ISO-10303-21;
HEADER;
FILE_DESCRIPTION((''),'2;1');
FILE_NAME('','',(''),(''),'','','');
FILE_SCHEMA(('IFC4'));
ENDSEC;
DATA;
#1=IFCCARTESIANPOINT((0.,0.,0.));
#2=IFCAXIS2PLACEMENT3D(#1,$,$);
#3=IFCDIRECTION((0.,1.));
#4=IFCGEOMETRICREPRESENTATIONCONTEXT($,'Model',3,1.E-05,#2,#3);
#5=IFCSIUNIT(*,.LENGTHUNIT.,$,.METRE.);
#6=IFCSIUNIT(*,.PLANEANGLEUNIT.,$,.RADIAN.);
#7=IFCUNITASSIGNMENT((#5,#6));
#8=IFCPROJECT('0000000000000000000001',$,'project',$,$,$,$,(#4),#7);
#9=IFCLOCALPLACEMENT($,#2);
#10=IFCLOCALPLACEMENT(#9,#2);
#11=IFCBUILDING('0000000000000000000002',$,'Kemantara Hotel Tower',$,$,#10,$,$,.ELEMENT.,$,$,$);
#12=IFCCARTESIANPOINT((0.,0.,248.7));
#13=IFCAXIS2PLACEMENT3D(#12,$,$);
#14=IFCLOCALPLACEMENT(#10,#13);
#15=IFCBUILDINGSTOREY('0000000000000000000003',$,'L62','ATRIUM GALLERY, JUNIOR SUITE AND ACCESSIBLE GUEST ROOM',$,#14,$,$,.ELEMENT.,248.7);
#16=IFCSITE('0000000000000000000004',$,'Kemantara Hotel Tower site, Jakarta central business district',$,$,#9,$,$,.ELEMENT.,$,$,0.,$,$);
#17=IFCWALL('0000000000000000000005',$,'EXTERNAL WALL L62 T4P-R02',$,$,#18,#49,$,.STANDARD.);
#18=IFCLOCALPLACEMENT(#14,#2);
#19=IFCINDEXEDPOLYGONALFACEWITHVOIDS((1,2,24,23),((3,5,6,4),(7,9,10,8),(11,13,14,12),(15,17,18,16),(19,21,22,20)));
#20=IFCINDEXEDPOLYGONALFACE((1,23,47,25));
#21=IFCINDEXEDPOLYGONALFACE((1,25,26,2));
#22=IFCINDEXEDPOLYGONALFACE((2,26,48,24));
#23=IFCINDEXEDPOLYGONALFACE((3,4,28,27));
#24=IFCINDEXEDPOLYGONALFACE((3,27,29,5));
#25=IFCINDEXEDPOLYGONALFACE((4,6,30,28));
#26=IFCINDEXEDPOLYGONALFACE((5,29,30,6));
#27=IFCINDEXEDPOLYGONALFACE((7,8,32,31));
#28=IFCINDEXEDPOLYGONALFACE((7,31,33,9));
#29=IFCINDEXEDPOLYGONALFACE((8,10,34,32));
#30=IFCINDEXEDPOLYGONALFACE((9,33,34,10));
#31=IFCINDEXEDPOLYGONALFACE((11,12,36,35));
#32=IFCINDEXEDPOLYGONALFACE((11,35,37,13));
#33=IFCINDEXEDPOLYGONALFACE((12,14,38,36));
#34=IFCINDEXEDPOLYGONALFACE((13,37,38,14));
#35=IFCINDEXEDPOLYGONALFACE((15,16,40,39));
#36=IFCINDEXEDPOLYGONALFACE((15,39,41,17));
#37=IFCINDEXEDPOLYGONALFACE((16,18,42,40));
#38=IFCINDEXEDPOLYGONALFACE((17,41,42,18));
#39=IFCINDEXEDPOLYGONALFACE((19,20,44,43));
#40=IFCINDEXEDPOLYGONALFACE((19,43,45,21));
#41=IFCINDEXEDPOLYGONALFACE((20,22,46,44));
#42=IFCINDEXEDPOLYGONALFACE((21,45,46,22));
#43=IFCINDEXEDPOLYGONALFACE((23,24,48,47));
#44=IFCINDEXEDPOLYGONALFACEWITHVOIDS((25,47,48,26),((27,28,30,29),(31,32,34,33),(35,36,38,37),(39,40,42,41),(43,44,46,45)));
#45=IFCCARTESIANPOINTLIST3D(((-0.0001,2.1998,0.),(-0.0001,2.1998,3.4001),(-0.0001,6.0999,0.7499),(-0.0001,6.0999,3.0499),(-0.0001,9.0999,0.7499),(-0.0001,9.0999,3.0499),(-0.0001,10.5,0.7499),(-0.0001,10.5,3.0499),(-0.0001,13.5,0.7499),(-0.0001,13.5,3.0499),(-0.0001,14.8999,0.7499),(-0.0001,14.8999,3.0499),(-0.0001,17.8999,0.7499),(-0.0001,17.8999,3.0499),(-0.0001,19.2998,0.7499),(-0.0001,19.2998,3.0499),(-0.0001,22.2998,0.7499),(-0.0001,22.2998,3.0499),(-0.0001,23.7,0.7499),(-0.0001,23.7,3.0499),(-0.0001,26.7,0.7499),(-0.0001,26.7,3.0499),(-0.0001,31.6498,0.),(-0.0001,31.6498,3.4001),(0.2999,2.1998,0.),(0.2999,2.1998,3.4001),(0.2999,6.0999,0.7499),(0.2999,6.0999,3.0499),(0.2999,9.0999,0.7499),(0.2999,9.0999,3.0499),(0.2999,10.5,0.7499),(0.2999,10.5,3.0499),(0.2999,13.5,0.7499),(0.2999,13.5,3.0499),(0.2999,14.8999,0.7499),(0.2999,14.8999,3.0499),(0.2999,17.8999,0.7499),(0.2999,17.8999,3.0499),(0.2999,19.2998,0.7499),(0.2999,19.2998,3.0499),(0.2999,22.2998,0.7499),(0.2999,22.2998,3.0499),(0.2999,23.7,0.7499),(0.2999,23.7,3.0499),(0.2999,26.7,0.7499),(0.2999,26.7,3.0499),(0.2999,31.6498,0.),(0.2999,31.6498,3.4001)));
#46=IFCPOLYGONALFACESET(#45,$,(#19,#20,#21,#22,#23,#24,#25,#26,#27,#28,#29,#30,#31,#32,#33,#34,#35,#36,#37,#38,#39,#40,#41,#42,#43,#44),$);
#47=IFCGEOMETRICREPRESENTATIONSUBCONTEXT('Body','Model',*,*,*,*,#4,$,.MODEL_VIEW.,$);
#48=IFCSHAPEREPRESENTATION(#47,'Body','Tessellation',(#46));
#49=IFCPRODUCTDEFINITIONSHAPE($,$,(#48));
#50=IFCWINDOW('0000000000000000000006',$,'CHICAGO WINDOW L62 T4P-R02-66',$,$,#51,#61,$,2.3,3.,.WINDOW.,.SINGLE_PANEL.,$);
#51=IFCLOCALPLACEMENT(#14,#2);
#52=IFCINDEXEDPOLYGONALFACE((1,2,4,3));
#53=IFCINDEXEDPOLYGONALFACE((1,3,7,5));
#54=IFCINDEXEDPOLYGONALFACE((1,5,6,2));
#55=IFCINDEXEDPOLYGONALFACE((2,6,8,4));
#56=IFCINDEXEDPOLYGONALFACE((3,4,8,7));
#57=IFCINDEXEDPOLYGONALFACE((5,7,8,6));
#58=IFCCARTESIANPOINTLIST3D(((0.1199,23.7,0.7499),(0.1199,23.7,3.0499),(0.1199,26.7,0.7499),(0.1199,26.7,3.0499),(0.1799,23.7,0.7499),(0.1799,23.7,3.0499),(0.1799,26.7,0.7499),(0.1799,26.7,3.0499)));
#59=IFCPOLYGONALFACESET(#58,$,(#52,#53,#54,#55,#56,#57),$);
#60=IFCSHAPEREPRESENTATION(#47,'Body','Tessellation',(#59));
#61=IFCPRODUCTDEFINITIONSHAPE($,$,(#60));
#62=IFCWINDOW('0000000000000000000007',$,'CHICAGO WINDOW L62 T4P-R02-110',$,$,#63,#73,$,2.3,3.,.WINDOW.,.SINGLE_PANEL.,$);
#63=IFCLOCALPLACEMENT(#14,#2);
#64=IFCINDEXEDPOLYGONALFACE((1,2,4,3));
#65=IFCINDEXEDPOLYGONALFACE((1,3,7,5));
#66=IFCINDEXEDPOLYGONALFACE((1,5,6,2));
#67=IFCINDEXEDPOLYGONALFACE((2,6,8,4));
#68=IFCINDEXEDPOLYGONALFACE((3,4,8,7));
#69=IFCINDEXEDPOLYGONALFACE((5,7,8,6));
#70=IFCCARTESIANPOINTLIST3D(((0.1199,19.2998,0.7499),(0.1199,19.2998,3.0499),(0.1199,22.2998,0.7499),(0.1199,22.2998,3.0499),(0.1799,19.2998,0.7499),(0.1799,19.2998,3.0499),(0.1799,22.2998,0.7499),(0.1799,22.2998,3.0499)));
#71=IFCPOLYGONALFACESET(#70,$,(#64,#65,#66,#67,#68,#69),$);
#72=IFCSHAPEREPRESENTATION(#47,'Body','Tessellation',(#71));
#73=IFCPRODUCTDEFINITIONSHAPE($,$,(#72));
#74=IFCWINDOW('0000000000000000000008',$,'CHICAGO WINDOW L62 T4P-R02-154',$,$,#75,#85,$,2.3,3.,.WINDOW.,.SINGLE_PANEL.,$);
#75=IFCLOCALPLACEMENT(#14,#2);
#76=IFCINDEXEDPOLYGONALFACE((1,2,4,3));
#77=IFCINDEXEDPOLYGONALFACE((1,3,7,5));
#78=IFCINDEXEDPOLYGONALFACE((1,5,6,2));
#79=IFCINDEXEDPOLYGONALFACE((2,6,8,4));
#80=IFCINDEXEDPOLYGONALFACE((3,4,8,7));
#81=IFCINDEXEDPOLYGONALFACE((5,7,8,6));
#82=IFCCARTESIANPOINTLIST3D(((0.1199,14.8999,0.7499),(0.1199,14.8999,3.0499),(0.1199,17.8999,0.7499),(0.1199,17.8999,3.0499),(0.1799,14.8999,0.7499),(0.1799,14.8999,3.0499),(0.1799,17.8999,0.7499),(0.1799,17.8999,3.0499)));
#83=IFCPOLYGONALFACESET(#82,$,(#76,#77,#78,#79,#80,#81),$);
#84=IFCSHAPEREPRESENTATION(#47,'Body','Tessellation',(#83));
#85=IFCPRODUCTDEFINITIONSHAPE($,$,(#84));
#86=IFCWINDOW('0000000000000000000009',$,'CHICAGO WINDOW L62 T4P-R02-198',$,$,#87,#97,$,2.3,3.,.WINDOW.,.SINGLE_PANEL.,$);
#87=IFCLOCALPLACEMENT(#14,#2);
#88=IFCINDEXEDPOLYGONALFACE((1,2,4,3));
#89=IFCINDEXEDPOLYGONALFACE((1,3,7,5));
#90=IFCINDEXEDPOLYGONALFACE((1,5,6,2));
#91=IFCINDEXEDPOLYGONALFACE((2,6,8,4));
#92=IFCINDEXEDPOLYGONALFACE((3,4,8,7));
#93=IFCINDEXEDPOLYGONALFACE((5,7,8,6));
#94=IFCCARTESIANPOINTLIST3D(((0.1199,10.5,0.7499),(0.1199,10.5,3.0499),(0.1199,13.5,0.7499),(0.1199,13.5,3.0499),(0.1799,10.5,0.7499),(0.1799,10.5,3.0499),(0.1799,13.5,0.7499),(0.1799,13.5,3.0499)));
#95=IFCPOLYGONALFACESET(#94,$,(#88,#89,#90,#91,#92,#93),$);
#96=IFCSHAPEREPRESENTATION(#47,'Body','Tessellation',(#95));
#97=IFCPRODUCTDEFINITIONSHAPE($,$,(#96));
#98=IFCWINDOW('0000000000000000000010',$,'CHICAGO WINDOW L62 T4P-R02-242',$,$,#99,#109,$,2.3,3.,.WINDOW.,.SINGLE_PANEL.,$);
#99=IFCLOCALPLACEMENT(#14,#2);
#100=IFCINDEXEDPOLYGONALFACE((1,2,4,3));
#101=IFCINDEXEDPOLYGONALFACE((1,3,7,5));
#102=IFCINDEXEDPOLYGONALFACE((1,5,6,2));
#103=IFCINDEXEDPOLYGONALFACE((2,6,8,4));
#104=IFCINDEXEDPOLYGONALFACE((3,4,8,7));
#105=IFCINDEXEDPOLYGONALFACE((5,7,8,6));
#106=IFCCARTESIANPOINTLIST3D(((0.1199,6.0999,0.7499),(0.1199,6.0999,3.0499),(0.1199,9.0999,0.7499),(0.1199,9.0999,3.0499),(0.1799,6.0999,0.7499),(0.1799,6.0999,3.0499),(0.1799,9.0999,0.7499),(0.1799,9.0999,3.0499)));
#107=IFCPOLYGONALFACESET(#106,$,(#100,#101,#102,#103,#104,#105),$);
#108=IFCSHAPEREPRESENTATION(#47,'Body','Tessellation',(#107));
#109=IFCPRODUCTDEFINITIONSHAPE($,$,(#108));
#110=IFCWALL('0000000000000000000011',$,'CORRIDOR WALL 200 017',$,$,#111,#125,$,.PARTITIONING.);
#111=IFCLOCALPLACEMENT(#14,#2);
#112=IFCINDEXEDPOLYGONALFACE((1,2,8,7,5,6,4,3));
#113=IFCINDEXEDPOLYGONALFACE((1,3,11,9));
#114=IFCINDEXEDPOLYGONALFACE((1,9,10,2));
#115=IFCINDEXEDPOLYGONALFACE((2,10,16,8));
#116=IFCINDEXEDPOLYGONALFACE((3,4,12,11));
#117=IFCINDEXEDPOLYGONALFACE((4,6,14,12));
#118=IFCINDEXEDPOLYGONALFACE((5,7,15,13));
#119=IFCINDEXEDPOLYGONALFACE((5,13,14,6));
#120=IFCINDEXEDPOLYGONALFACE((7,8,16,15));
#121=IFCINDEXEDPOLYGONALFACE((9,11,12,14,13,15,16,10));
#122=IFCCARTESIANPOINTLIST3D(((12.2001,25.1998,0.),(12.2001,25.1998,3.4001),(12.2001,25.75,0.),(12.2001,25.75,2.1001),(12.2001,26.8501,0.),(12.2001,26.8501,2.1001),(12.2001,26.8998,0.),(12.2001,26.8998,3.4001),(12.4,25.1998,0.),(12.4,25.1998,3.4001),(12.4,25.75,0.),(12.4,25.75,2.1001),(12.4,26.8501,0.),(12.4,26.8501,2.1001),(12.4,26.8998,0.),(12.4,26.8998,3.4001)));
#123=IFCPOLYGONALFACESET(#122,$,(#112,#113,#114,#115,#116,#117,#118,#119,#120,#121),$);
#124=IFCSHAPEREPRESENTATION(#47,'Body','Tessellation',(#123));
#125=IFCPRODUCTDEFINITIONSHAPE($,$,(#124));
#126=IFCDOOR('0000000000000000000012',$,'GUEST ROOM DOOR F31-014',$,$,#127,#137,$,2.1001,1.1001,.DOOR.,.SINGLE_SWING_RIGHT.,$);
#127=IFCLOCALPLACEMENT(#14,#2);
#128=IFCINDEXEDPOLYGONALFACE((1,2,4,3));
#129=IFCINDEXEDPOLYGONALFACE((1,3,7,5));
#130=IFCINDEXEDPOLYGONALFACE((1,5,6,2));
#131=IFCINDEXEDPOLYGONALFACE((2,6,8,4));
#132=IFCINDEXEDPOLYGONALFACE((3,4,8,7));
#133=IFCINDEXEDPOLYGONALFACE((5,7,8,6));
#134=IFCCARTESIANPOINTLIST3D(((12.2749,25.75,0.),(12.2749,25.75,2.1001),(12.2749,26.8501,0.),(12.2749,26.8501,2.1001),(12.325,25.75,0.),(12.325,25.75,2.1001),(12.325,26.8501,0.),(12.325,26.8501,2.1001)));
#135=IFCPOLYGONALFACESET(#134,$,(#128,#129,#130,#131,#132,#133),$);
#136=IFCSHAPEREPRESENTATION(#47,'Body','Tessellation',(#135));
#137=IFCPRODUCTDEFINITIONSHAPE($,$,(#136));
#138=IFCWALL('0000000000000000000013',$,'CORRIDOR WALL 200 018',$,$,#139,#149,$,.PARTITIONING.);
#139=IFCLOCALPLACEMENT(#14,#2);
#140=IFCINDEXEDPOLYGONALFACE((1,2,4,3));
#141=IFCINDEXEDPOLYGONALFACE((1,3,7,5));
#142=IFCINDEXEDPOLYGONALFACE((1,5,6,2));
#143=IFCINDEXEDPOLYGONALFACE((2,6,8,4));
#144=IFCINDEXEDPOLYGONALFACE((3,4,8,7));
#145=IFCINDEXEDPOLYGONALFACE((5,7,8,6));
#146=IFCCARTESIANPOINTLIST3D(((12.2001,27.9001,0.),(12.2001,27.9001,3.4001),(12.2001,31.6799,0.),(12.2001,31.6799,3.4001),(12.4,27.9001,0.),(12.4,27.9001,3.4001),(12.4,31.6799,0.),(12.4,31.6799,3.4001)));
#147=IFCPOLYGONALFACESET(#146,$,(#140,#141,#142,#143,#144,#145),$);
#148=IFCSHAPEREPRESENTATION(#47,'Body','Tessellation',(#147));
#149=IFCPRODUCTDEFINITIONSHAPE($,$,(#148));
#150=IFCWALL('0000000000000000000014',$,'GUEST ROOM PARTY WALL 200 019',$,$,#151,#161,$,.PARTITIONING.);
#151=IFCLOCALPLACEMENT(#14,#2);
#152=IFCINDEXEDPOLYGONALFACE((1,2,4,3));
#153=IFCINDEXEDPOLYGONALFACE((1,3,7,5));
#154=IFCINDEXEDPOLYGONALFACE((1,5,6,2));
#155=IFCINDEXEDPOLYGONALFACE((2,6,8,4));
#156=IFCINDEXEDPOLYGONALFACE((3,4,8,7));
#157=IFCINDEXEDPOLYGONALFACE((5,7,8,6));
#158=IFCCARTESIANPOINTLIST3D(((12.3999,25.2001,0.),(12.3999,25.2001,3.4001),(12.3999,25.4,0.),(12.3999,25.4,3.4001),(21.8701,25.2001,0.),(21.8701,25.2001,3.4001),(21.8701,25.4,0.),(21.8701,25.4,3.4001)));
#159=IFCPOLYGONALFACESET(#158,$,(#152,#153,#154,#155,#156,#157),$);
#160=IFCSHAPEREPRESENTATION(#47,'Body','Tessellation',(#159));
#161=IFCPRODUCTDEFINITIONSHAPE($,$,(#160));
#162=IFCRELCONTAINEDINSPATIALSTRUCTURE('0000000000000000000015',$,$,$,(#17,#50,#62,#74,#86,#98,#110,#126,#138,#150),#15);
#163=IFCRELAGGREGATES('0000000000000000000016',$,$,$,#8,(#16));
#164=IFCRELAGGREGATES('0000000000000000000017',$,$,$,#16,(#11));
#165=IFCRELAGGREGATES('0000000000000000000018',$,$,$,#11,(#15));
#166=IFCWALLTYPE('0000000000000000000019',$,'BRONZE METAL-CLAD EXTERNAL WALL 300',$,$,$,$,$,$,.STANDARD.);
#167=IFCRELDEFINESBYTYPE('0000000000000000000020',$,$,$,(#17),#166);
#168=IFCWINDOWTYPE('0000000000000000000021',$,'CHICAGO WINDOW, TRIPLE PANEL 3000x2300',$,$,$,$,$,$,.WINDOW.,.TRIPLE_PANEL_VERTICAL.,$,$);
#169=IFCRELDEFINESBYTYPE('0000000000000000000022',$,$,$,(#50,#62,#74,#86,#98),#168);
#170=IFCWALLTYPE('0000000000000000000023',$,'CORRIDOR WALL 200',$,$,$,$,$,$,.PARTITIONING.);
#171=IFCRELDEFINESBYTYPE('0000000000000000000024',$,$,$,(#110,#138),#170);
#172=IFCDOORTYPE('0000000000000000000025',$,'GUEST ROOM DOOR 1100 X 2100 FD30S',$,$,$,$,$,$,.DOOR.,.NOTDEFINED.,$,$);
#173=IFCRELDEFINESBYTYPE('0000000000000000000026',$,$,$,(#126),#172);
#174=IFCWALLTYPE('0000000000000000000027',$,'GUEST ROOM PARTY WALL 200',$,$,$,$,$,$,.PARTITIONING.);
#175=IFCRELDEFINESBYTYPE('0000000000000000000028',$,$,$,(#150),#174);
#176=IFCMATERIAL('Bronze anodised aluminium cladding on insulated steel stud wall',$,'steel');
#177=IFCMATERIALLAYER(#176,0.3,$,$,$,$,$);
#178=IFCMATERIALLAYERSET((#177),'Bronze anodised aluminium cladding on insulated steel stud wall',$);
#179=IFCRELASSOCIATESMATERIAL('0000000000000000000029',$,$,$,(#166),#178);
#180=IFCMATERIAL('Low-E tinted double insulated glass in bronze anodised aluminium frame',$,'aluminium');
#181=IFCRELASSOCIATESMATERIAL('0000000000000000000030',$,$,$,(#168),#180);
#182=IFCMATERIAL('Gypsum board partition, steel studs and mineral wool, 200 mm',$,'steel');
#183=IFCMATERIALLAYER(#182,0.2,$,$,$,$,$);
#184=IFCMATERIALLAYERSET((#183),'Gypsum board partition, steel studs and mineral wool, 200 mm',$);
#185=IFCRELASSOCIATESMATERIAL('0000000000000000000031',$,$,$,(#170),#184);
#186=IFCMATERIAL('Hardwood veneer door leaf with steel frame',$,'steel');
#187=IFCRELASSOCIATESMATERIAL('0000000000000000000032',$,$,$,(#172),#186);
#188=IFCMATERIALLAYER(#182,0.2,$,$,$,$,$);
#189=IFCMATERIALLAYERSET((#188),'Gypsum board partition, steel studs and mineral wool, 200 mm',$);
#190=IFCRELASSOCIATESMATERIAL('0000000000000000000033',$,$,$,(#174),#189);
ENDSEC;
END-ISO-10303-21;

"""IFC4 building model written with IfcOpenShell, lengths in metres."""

from ifc_helpers import new_model, si_unit, direction, frame, frame_2d, origin, place, context, subcontext, project, spatial, rectangle, extrude, material, layer, layer_set, type_object, element, fill, save


model = new_model("IFC4")

# Units and contexts
model_context = context("Model", 3, precision=1e-05, world=origin(), true_north=direction((0.0, 1.0)))
body_context = subcontext(model_context, "Body", "Model", "MODEL_VIEW")
ifc_project = project(units=[si_unit("LENGTHUNIT", "METRE"), si_unit("PLANEANGLEUNIT", "RADIAN")], contexts=[model_context])

# Site, building, storey
site_placement = place(None, origin())
site = spatial("IfcSite", under=ifc_project, at=site_placement, Name="Kemantara Hotel Tower site, Jakarta central business district", CompositionType="ELEMENT", RefElevation=0.0)
building_placement = place(site_placement, origin())
building = spatial("IfcBuilding", under=site, at=building_placement, Name="Kemantara Hotel Tower", CompositionType="ELEMENT")
storey_placement = place(building_placement, frame((0.0, 0.0, 248.7)))
storey = spatial("IfcBuildingStorey", under=building, at=storey_placement, Name="L62", Description="ATRIUM GALLERY, JUNIOR SUITE AND ACCESSIBLE GUEST ROOM", CompositionType="ELEMENT", Elevation=248.7)

# Wall, openings, windows
ifc_material_1 = material(Name="Bronze anodised aluminium cladding on insulated steel stud wall", Category="steel")
ifc_layer_1 = layer(ifc_material_1, 0.3)
ifc_layer_set_1 = layer_set([ifc_layer_1], Name="Bronze anodised aluminium cladding on insulated steel stud wall")
wall_type_1 = type_object("IfcWallType", Name="BRONZE METAL-CLAD EXTERNAL WALL 300", PredefinedType="STANDARD", material=ifc_layer_set_1)
wall_1_placement = place(storey_placement, frame((0.1499, 31.6499, 0.0), z_axis=(0.0, 0.0, 1.0), x_axis=(0.0, -1.0, 0.0)))
wall_1 = element("IfcWall", 1, at=wall_1_placement, inside=storey, type_object=wall_type_1, Name="EXTERNAL WALL L62 T4P-R02", PredefinedType="STANDARD", context=body_context, shape_type="SweptSolid", body=[
    extrude(rectangle(XDim=29.45, YDim=0.3, at=frame_2d((14.7251, 0.0))), origin(), (0.0, 0.0, 1.0), 3.4001),
])
opening_1_placement = place(wall_1_placement, frame((4.95, 0.0, 0.75)))
opening_1 = element("IfcOpeningElement", 2, at=opening_1_placement, cuts=wall_1, PredefinedType="OPENING", context=body_context, shape_type="SweptSolid", body=[
    extrude(rectangle(XDim=3.0, YDim=2.3, at=frame_2d((1.5, 1.1499))), frame((0.0, 0.1599, 0.0), z_axis=(0.0, -1.0, 0.0), x_axis=(1.0, 0.0, 0.0)), (0.0, 0.0, 1.0), 0.3201),
])
opening_2_placement = place(wall_1_placement, frame((9.3501, 0.0, 0.75)))
opening_2 = element("IfcOpeningElement", 3, at=opening_2_placement, cuts=wall_1, PredefinedType="OPENING", context=body_context, shape_type="SweptSolid", body=[
    extrude(rectangle(XDim=3.0, YDim=2.3, at=frame_2d((1.5, 1.1499))), frame((0.0, 0.1599, 0.0), z_axis=(0.0, -1.0, 0.0), x_axis=(1.0, 0.0, 0.0)), (0.0, 0.0, 1.0), 0.3201),
])
opening_3_placement = place(wall_1_placement, frame((13.75, 0.0, 0.75)))
opening_3 = element("IfcOpeningElement", 4, at=opening_3_placement, cuts=wall_1, PredefinedType="OPENING", context=body_context, shape_type="SweptSolid", body=[
    extrude(rectangle(XDim=3.0, YDim=2.3, at=frame_2d((1.5, 1.1499))), frame((0.0, 0.1599, 0.0), z_axis=(0.0, -1.0, 0.0), x_axis=(1.0, 0.0, 0.0)), (0.0, 0.0, 1.0), 0.3201),
])
opening_4_placement = place(wall_1_placement, frame((18.1499, 0.0, 0.75)))
opening_4 = element("IfcOpeningElement", 5, at=opening_4_placement, cuts=wall_1, PredefinedType="OPENING", context=body_context, shape_type="SweptSolid", body=[
    extrude(rectangle(XDim=3.0, YDim=2.3, at=frame_2d((1.5, 1.1499))), frame((0.0, 0.1599, 0.0), z_axis=(0.0, -1.0, 0.0), x_axis=(1.0, 0.0, 0.0)), (0.0, 0.0, 1.0), 0.3201),
])
opening_5_placement = place(wall_1_placement, frame((22.55, 0.0, 0.75)))
opening_5 = element("IfcOpeningElement", 6, at=opening_5_placement, cuts=wall_1, PredefinedType="OPENING", context=body_context, shape_type="SweptSolid", body=[
    extrude(rectangle(XDim=3.0, YDim=2.3, at=frame_2d((1.5, 1.1499))), frame((0.0, 0.1599, 0.0), z_axis=(0.0, -1.0, 0.0), x_axis=(1.0, 0.0, 0.0)), (0.0, 0.0, 1.0), 0.3201),
])
ifc_material_2 = material(Name="Low-E tinted double insulated glass in bronze anodised aluminium frame", Category="aluminium")
window_type = type_object("IfcWindowType", Name="CHICAGO WINDOW, TRIPLE PANEL 3000x2300", PartitioningType="TRIPLE_PANEL_VERTICAL", PredefinedType="WINDOW", material=ifc_material_2)
window_1_placement = place(opening_1_placement, origin())
window_1 = element("IfcWindow", 7, at=window_1_placement, inside=storey, type_object=window_type, Name="CHICAGO WINDOW L62 T4P-R02-66", OverallHeight=2.3, OverallWidth=3.0, PartitioningType="SINGLE_PANEL", PredefinedType="WINDOW", context=body_context, shape_type="SweptSolid", body=[
    extrude(rectangle(XDim=3.0, YDim=2.3, at=frame_2d((1.5, 1.1499))), frame((0.0, 0.03, 0.0), z_axis=(0.0, -1.0, 0.0), x_axis=(1.0, 0.0, 0.0)), (0.0, 0.0, 1.0), 0.0601),
])
fill(opening_1, window_1)
window_2_placement = place(opening_2_placement, origin())
window_2 = element("IfcWindow", 8, at=window_2_placement, inside=storey, type_object=window_type, Name="CHICAGO WINDOW L62 T4P-R02-110", OverallHeight=2.3, OverallWidth=3.0, PartitioningType="SINGLE_PANEL", PredefinedType="WINDOW", context=body_context, shape_type="SweptSolid", body=[
    extrude(rectangle(XDim=3.0, YDim=2.3, at=frame_2d((1.5, 1.1499))), frame((0.0, 0.03, 0.0), z_axis=(0.0, -1.0, 0.0), x_axis=(1.0, 0.0, 0.0)), (0.0, 0.0, 1.0), 0.0601),
])
fill(opening_2, window_2)
window_3_placement = place(opening_3_placement, origin())
window_3 = element("IfcWindow", 9, at=window_3_placement, inside=storey, type_object=window_type, Name="CHICAGO WINDOW L62 T4P-R02-154", OverallHeight=2.3, OverallWidth=3.0, PartitioningType="SINGLE_PANEL", PredefinedType="WINDOW", context=body_context, shape_type="SweptSolid", body=[
    extrude(rectangle(XDim=3.0, YDim=2.3, at=frame_2d((1.5, 1.1499))), frame((0.0, 0.03, 0.0), z_axis=(0.0, -1.0, 0.0), x_axis=(1.0, 0.0, 0.0)), (0.0, 0.0, 1.0), 0.0601),
])
fill(opening_3, window_3)
window_4_placement = place(opening_4_placement, origin())
window_4 = element("IfcWindow", 10, at=window_4_placement, inside=storey, type_object=window_type, Name="CHICAGO WINDOW L62 T4P-R02-198", OverallHeight=2.3, OverallWidth=3.0, PartitioningType="SINGLE_PANEL", PredefinedType="WINDOW", context=body_context, shape_type="SweptSolid", body=[
    extrude(rectangle(XDim=3.0, YDim=2.3, at=frame_2d((1.5, 1.1499))), frame((0.0, 0.03, 0.0), z_axis=(0.0, -1.0, 0.0), x_axis=(1.0, 0.0, 0.0)), (0.0, 0.0, 1.0), 0.0601),
])
fill(opening_4, window_4)
window_5_placement = place(opening_5_placement, origin())
window_5 = element("IfcWindow", 11, at=window_5_placement, inside=storey, type_object=window_type, Name="CHICAGO WINDOW L62 T4P-R02-242", OverallHeight=2.3, OverallWidth=3.0, PartitioningType="SINGLE_PANEL", PredefinedType="WINDOW", context=body_context, shape_type="SweptSolid", body=[
    extrude(rectangle(XDim=3.0, YDim=2.3, at=frame_2d((1.5, 1.1499))), frame((0.0, 0.03, 0.0), z_axis=(0.0, -1.0, 0.0), x_axis=(1.0, 0.0, 0.0)), (0.0, 0.0, 1.0), 0.0601),
])
fill(opening_5, window_5)

# Wall, opening, door
ifc_material_3 = material(Name="Gypsum board partition, steel studs and mineral wool, 200 mm", Category="steel")
ifc_layer_2 = layer(ifc_material_3, 0.2)
ifc_layer_set_2 = layer_set([ifc_layer_2], Name="Gypsum board partition, steel studs and mineral wool, 200 mm")
wall_type_2 = type_object("IfcWallType", Name="CORRIDOR WALL 200", PredefinedType="PARTITIONING", material=ifc_layer_set_2)
wall_2_placement = place(storey_placement, frame((12.3, 26.8999, 0.0), z_axis=(0.0, 0.0, 1.0), x_axis=(0.0, -1.0, 0.0)))
wall_2 = element("IfcWall", 12, at=wall_2_placement, inside=storey, type_object=wall_type_2, Name="CORRIDOR WALL 200 017", PredefinedType="PARTITIONING", context=body_context, shape_type="SweptSolid", body=[
    extrude(rectangle(XDim=1.7, YDim=0.2, at=frame_2d((0.8501, 0.0))), origin(), (0.0, 0.0, 1.0), 3.4001),
])
opening_6_placement = place(wall_2_placement, frame((0.0498, 0.0, 0.0)))
opening_6 = element("IfcOpeningElement", 13, at=opening_6_placement, cuts=wall_2, PredefinedType="OPENING", context=body_context, shape_type="SweptSolid", body=[
    extrude(rectangle(XDim=1.1001, YDim=2.1001, at=frame_2d((0.55, 1.05))), frame((0.0, 0.1099, 0.0), z_axis=(0.0, -1.0, 0.0), x_axis=(1.0, 0.0, 0.0)), (0.0, 0.0, 1.0), 0.22),
])
ifc_material_4 = material(Name="Hardwood veneer door leaf with steel frame", Category="steel")
door_type_1 = type_object("IfcDoorType", Name="GUEST ROOM DOOR 1100 X 2100 FD30S", OperationType="NOTDEFINED", PredefinedType="DOOR", material=ifc_material_4)
door_1_placement = place(opening_6_placement, origin())
door_1 = element("IfcDoor", 14, at=door_1_placement, inside=storey, type_object=door_type_1, Name="GUEST ROOM DOOR F31-014", OperationType="SINGLE_SWING_RIGHT", OverallHeight=2.1001, OverallWidth=1.1001, PredefinedType="DOOR", context=body_context, shape_type="SweptSolid", body=[
    extrude(rectangle(XDim=1.1001, YDim=2.1001, at=frame_2d((0.55, 1.05))), frame((0.0, 0.0249, 0.0), z_axis=(0.0, -1.0, 0.0), x_axis=(1.0, 0.0, 0.0)), (0.0, 0.0, 1.0), 0.05),
])
fill(opening_6, door_1)

# Walls
wall_3_placement = place(storey_placement, frame((12.3, 27.9001, 0.0), z_axis=(0.0, 0.0, 1.0), x_axis=(0.0, 1.0, 0.0)))
element("IfcWall", 15, at=wall_3_placement, inside=storey, type_object=wall_type_2, Name="CORRIDOR WALL 200 018", PredefinedType="PARTITIONING", context=body_context, shape_type="SweptSolid", body=[
    extrude(rectangle(XDim=3.7798, YDim=0.2, at=frame_2d((1.8899, 0.0))), origin(), (0.0, 0.0, 1.0), 3.4001),
])
ifc_layer_3 = layer(ifc_material_3, 0.2)
ifc_layer_set_3 = layer_set([ifc_layer_3], Name="Gypsum board partition, steel studs and mineral wool, 200 mm")
wall_type_3 = type_object("IfcWallType", Name="GUEST ROOM PARTY WALL 200", PredefinedType="PARTITIONING", material=ifc_layer_set_3)
wall_4_placement = place(storey_placement, frame((12.3999, 25.3, 0.0), z_axis=(0.0, 0.0, 1.0), x_axis=(1.0, 0.0, 0.0)))
element("IfcWall", 16, at=wall_4_placement, inside=storey, type_object=wall_type_3, Name="GUEST ROOM PARTY WALL 200 019", PredefinedType="PARTITIONING", context=body_context, shape_type="SweptSolid", body=[
    extrude(rectangle(XDim=9.4702, YDim=0.2, at=frame_2d((4.7351, 0.0))), origin(), (0.0, 0.0, 1.0), 3.4001),
])

save(model, "model.ifc")
